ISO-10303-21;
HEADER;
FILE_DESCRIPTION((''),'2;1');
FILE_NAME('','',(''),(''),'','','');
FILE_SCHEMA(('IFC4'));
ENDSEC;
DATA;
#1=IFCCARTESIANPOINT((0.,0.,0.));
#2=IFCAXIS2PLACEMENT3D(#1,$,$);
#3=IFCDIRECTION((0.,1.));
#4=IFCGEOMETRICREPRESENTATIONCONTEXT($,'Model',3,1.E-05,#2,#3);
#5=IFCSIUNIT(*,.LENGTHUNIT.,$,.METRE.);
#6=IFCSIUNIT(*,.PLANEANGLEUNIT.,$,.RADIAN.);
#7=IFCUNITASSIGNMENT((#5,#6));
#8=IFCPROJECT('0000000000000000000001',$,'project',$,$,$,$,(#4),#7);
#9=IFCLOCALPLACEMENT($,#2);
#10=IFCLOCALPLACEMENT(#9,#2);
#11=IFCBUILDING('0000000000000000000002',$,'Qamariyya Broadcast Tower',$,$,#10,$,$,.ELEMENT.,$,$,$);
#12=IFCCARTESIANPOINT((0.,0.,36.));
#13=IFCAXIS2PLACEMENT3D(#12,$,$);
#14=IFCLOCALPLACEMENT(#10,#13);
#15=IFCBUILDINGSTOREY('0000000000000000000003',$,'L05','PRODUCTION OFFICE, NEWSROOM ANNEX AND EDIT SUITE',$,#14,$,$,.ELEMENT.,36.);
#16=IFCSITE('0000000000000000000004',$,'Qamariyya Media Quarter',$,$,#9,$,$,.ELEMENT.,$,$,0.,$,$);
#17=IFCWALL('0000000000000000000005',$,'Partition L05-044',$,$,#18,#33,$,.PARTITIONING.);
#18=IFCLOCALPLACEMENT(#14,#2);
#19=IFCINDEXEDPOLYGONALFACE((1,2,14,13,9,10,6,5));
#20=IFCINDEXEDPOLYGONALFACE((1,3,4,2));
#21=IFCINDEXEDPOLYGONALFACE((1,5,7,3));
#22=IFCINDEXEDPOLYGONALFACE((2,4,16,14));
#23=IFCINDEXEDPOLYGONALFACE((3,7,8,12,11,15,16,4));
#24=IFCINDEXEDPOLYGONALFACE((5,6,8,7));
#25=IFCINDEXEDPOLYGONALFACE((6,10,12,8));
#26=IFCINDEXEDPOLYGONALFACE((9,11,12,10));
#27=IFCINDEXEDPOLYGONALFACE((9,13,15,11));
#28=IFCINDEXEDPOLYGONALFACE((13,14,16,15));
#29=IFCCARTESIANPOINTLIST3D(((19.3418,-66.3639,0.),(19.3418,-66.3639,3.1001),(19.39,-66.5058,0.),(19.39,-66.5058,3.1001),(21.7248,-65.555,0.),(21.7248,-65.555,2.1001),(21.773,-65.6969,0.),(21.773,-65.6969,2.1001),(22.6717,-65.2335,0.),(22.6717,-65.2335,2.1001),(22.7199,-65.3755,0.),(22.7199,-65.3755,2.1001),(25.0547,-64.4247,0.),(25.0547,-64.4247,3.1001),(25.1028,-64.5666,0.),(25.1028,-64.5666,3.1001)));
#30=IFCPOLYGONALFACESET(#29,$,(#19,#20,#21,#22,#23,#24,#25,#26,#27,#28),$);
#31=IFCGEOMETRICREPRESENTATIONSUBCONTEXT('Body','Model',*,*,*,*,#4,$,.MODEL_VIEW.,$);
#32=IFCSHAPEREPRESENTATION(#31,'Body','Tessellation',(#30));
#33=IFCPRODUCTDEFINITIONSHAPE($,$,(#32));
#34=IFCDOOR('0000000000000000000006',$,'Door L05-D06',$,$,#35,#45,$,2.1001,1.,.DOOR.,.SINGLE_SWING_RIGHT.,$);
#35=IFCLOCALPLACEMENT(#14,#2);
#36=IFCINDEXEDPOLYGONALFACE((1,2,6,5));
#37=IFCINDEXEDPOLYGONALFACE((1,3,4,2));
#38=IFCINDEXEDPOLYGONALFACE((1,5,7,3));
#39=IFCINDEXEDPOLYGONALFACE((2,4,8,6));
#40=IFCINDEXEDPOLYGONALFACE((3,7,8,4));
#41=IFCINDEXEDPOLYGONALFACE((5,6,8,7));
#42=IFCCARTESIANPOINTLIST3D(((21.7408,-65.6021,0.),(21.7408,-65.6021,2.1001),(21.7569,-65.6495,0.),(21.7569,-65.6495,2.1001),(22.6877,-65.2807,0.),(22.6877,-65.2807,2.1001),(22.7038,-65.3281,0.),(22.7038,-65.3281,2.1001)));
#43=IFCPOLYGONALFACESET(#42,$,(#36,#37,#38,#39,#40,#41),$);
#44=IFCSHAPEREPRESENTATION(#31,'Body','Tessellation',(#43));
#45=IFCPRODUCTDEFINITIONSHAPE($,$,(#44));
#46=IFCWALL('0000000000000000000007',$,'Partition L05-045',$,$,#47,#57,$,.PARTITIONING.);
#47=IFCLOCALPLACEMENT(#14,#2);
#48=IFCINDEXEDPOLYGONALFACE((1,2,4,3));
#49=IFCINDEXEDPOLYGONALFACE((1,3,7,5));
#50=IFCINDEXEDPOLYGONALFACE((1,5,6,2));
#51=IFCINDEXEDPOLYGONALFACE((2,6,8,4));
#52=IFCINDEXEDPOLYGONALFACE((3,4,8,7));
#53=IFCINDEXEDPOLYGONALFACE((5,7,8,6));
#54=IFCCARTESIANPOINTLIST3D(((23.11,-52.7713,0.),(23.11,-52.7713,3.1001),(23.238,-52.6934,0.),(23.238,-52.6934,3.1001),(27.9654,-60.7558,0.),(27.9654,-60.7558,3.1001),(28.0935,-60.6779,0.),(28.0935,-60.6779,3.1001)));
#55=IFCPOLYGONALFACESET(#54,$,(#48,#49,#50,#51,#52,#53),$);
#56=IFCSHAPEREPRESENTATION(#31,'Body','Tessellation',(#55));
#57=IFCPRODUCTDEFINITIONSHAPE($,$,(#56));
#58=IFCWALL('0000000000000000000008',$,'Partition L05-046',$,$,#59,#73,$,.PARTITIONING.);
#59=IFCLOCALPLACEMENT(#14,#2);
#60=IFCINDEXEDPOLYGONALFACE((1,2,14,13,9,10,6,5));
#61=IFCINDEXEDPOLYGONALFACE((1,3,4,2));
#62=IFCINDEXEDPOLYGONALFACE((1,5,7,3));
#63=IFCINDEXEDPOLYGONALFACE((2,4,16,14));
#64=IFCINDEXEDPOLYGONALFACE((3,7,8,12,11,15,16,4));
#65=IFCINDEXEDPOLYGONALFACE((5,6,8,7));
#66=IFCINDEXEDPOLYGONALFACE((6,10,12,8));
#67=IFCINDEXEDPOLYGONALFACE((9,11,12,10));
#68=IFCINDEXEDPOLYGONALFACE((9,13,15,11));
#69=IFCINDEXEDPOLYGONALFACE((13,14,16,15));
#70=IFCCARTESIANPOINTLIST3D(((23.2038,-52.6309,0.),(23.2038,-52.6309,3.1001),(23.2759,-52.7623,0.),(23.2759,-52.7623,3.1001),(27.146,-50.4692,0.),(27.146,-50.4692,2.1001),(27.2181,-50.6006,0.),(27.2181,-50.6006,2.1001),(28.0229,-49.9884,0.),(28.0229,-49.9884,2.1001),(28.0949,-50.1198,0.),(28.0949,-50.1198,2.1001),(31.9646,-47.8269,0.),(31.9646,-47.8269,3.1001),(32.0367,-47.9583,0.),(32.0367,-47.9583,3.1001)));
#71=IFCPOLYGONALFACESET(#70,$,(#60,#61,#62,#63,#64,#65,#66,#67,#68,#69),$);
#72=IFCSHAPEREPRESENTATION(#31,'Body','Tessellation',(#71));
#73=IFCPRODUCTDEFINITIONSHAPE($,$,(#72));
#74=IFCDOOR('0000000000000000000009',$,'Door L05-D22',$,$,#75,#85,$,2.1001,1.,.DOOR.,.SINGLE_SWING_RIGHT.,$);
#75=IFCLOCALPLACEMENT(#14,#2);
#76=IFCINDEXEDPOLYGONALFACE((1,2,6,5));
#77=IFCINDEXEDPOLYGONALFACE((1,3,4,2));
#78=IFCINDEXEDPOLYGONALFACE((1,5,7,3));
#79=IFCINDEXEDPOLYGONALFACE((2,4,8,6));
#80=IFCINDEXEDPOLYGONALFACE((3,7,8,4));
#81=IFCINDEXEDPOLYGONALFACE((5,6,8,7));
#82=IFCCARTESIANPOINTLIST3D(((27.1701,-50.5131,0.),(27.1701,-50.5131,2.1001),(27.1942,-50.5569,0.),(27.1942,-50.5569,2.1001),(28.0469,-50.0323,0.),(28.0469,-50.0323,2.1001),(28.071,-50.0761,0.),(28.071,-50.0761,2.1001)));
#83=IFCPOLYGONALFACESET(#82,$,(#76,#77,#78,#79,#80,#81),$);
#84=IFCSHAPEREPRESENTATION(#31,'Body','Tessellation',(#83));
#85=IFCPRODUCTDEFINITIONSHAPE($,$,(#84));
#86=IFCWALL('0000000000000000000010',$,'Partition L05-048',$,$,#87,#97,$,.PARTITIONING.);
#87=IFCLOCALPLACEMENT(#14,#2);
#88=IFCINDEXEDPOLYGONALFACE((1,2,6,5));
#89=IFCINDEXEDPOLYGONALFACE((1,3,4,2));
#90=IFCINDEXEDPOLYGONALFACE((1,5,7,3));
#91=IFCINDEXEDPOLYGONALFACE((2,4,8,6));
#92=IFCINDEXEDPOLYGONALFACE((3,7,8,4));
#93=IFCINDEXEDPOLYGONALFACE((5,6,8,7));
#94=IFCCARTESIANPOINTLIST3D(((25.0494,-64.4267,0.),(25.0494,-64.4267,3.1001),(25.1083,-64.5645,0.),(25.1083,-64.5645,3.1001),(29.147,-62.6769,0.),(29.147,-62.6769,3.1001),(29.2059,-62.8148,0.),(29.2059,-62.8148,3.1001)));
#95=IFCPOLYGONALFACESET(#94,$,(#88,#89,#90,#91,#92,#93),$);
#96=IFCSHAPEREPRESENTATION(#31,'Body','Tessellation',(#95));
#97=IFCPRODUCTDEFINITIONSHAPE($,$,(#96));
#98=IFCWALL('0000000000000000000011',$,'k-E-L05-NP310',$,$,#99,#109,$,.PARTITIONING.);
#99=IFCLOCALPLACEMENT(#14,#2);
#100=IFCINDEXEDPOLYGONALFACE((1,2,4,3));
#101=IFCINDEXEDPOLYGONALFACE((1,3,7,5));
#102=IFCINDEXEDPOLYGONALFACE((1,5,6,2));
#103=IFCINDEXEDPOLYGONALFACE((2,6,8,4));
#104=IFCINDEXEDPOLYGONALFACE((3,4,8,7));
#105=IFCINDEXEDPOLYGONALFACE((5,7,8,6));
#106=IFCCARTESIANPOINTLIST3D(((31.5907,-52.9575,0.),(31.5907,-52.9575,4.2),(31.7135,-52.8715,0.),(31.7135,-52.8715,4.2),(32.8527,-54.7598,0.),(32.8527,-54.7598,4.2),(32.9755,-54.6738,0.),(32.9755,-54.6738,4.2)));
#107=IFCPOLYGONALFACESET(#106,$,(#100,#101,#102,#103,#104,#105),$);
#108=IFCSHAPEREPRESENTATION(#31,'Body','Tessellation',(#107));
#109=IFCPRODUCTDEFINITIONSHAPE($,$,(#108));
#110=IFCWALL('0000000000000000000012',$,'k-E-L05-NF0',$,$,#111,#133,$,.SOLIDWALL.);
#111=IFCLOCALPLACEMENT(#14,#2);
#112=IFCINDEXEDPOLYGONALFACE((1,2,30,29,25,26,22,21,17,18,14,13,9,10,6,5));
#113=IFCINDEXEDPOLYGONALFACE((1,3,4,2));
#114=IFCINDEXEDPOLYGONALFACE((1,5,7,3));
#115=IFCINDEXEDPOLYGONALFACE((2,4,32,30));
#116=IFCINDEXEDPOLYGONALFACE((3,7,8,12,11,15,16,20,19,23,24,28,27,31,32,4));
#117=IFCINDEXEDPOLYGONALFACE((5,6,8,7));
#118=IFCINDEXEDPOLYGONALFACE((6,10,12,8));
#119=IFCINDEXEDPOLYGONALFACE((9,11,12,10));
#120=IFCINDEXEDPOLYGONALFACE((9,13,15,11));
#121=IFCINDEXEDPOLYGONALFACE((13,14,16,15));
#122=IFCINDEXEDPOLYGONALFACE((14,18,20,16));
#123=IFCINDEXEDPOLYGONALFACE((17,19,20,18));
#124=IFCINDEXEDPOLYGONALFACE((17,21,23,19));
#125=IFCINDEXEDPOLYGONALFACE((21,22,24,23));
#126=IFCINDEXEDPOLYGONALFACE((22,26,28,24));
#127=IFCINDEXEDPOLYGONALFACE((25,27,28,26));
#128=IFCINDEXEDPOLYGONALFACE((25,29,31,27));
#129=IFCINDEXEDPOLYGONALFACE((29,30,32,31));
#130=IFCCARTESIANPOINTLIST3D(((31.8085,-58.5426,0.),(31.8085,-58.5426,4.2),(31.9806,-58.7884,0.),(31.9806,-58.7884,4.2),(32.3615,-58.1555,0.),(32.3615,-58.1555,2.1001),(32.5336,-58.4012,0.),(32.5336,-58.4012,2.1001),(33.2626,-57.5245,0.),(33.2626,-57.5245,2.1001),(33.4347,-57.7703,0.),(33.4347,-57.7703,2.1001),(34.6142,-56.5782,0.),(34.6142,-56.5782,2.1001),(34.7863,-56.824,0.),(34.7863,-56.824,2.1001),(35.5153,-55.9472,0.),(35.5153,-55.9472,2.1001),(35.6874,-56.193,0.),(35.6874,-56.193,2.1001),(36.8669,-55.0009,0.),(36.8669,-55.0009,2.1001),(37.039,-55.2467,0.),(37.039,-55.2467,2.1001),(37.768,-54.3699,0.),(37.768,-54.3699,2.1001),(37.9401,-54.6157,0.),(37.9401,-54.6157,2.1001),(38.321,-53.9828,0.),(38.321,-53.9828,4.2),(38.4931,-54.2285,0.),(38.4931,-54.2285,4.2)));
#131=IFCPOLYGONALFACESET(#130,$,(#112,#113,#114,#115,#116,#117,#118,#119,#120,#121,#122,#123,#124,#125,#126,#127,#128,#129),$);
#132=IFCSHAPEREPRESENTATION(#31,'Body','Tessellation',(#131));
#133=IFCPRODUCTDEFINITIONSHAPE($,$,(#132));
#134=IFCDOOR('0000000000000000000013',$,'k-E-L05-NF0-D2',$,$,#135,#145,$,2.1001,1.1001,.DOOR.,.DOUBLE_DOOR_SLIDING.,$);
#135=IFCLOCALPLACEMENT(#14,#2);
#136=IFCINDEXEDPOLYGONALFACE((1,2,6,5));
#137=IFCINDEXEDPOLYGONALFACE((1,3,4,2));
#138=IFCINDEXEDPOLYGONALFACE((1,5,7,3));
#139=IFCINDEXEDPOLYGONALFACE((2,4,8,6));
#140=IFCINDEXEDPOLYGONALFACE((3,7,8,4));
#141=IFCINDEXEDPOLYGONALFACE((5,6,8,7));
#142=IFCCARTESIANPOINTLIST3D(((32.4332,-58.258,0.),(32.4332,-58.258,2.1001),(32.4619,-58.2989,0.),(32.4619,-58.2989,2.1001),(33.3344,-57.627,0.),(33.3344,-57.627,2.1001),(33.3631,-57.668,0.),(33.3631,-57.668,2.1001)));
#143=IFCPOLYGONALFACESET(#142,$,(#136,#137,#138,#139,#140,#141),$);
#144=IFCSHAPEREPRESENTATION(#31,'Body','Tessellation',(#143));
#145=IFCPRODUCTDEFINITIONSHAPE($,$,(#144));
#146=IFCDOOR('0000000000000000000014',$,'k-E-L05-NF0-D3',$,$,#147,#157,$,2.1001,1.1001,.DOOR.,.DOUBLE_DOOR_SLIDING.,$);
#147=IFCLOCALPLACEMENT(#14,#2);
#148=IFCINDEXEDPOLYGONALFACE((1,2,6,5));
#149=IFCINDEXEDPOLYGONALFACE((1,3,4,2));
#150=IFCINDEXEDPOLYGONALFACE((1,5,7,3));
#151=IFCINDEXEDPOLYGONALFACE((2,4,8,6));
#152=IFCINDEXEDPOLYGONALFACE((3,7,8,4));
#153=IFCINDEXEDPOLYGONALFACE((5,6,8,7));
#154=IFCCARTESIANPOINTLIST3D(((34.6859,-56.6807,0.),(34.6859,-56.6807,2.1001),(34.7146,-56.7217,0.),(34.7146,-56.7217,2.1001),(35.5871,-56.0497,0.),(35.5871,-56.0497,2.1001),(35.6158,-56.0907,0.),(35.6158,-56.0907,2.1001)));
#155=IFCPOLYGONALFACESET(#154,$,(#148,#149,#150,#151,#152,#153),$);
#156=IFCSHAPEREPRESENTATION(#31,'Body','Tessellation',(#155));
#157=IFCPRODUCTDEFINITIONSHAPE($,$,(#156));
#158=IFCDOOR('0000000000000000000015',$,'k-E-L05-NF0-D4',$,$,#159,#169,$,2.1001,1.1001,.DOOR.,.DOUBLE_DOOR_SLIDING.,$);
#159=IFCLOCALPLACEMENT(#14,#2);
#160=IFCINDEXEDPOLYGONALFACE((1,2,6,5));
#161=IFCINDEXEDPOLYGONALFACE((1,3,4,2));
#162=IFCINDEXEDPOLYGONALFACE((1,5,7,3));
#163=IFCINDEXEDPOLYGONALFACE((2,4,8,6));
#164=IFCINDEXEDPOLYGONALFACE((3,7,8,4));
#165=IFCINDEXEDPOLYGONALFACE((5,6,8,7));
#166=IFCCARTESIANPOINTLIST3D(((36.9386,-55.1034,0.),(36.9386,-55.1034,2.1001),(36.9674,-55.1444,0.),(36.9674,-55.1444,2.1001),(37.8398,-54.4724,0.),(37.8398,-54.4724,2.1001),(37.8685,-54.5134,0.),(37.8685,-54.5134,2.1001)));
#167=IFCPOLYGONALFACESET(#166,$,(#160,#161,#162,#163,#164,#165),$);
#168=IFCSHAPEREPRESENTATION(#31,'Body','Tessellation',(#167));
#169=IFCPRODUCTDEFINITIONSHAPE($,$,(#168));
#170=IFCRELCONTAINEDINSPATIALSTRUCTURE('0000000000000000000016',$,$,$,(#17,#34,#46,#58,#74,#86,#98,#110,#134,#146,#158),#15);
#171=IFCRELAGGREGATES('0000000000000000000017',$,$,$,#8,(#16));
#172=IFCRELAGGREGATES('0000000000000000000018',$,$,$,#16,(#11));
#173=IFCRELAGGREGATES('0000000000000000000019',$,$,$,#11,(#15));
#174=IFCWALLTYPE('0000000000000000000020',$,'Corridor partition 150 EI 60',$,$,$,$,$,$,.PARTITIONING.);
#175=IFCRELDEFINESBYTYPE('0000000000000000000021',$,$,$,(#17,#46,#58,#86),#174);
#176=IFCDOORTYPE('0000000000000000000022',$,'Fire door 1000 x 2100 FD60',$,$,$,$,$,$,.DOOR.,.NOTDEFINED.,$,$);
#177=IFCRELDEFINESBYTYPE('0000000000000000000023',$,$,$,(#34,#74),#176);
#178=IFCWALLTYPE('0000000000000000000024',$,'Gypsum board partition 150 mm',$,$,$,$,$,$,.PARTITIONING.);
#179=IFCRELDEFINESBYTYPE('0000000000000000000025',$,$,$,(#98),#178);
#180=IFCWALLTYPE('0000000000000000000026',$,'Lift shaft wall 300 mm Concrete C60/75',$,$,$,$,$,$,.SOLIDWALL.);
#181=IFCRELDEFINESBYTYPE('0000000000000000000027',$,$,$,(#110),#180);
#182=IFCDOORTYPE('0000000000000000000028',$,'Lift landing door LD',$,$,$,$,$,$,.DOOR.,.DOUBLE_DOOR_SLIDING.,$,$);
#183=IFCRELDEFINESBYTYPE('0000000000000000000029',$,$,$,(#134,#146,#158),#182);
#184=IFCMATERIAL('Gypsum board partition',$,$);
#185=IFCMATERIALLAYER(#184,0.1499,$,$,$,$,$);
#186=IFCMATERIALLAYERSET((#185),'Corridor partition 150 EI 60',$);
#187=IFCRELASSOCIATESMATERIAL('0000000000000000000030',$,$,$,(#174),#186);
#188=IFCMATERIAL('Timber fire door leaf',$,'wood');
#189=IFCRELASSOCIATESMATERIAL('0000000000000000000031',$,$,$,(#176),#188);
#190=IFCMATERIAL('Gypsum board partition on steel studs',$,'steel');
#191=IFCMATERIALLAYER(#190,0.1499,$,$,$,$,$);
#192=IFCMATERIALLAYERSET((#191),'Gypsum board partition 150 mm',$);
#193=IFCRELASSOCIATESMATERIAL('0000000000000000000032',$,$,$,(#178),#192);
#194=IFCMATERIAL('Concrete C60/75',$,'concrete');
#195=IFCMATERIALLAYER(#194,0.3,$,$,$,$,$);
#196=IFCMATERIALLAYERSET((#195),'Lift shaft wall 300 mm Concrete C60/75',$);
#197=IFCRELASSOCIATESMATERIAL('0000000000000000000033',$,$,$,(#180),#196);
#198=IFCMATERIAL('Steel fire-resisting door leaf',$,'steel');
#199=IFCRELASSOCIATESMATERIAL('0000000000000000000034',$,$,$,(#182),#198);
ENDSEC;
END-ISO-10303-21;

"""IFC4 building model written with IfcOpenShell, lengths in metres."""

from ifc_helpers import new_model, si_unit, direction, frame, frame_2d, origin, place, context, subcontext, project, spatial, rectangle, extrude, material, layer, layer_set, type_object, element, fill, save


model = new_model("IFC4")

# Units and contexts
model_context = context("Model", 3, precision=1e-05, world=origin(), true_north=direction((0.0, 1.0)))
body_context = subcontext(model_context, "Body", "Model", "MODEL_VIEW")
ifc_project = project(units=[si_unit("LENGTHUNIT", "METRE"), si_unit("PLANEANGLEUNIT", "RADIAN")], contexts=[model_context])

# Site, building, storey
site_placement = place(None, origin())
site = spatial("IfcSite", under=ifc_project, at=site_placement, Name="Qamariyya Media Quarter", CompositionType="ELEMENT", RefElevation=0.0)
building_placement = place(site_placement, origin())
building = spatial("IfcBuilding", under=site, at=building_placement, Name="Qamariyya Broadcast Tower", CompositionType="ELEMENT")
storey_placement = place(building_placement, frame((0.0, 0.0, 36.0)))
storey = spatial("IfcBuildingStorey", under=building, at=storey_placement, Name="L05", Description="PRODUCTION OFFICE, NEWSROOM ANNEX AND EDIT SUITE", CompositionType="ELEMENT", Elevation=36.0)

# Shared definitions
ifc_material_1 = material(Name="Steel fire-resisting door leaf", Category="steel")

# Wall, opening, door
ifc_material_2 = material(Name="Gypsum board partition")
ifc_layer_1 = layer(ifc_material_2, 0.1499)
ifc_layer_set_1 = layer_set([ifc_layer_1], Name="Corridor partition 150 EI 60")
wall_type_1 = type_object("IfcWallType", Name="Corridor partition 150 EI 60", PredefinedType="PARTITIONING", material=ifc_layer_set_1)
wall_1_placement = place(storey_placement, frame((25.0789, -64.4956, 0.0), z_axis=(0.0, 0.0, 1.0), x_axis=(-0.946933, -0.321431, 0.0)))
wall_1 = element("IfcWall", 1, at=wall_1_placement, inside=storey, type_object=wall_type_1, Name="Partition L05-044", PredefinedType="PARTITIONING", context=body_context, shape_type="SweptSolid", body=[
    extrude(rectangle(XDim=6.033, YDim=0.1499, at=frame_2d((3.0166, 0.0))), origin(), (0.0, 0.0, 1.0), 3.1001),
])
opening_1_placement = place(wall_1_placement, frame((2.5166, 0.0, 0.0)))
opening_1 = element("IfcOpeningElement", 2, at=opening_1_placement, cuts=wall_1, PredefinedType="OPENING", context=body_context, shape_type="SweptSolid", body=[
    extrude(rectangle(XDim=1.0, YDim=2.1001, at=frame_2d((0.5, 1.05))), frame((0.0, 0.085, 0.0), z_axis=(0.0, -1.0, 0.0), x_axis=(1.0, 0.0, 0.0)), (0.0, 0.0, 1.0), 0.1699),
])
ifc_material_3 = material(Name="Timber fire door leaf", Category="wood")
door_type_1 = type_object("IfcDoorType", Name="Fire door 1000 x 2100 FD60", OperationType="NOTDEFINED", PredefinedType="DOOR", material=ifc_material_3)
door_1_placement = place(opening_1_placement, origin())
door_1 = element("IfcDoor", 3, at=door_1_placement, inside=storey, type_object=door_type_1, Name="Door L05-D06", OperationType="SINGLE_SWING_RIGHT", OverallHeight=2.1001, OverallWidth=1.0, PredefinedType="DOOR", context=body_context, shape_type="SweptSolid", body=[
    extrude(rectangle(XDim=1.0, YDim=2.1001, at=frame_2d((0.5, 1.05))), frame((0.0, 0.0249, 0.0), z_axis=(0.0, -1.0, 0.0), x_axis=(1.0, 0.0, 0.0)), (0.0, 0.0, 1.0), 0.05),
])
fill(opening_1, door_1)

# Wall
wall_2_placement = place(storey_placement, frame((23.1741, -52.7324, 0.0), z_axis=(0.0, 0.0, 1.0), x_axis=(0.519577, -0.854423, 0.0)))
element("IfcWall", 4, at=wall_2_placement, inside=storey, type_object=wall_type_1, Name="Partition L05-045", PredefinedType="PARTITIONING", context=body_context, shape_type="SweptSolid", body=[
    extrude(rectangle(XDim=9.345, YDim=0.1499, at=frame_2d((4.6724, 0.0))), origin(), (0.0, 0.0, 1.0), 3.1001),
])

# Wall, opening, door
wall_3_placement = place(storey_placement, frame((23.24, -52.6965, 0.0), z_axis=(0.0, 0.0, 1.0), x_axis=(0.876826, 0.480808, 0.0)))
wall_3 = element("IfcWall", 5, at=wall_3_placement, inside=storey, type_object=wall_type_1, Name="Partition L05-046", PredefinedType="PARTITIONING", context=body_context, shape_type="SweptSolid", body=[
    extrude(rectangle(XDim=9.9915, YDim=0.1499, at=frame_2d((4.9956, 0.0))), origin(), (0.0, 0.0, 1.0), 3.1001),
])
opening_2_placement = place(wall_3_placement, frame((4.4958, 0.0, 0.0)))
opening_2 = element("IfcOpeningElement", 6, at=opening_2_placement, cuts=wall_3, PredefinedType="OPENING", context=body_context, shape_type="SweptSolid", body=[
    extrude(rectangle(XDim=1.0, YDim=2.1001, at=frame_2d((0.5, 1.05))), frame((0.0, 0.085, 0.0), z_axis=(0.0, -1.0, 0.0), x_axis=(1.0, 0.0, 0.0)), (0.0, 0.0, 1.0), 0.1699),
])
door_2_placement = place(opening_2_placement, origin())
door_2 = element("IfcDoor", 7, at=door_2_placement, inside=storey, type_object=door_type_1, Name="Door L05-D22", OperationType="SINGLE_SWING_RIGHT", OverallHeight=2.1001, OverallWidth=1.0, PredefinedType="DOOR", context=body_context, shape_type="SweptSolid", body=[
    extrude(rectangle(XDim=1.0, YDim=2.1001, at=frame_2d((0.5, 1.05))), frame((0.0, 0.0249, 0.0), z_axis=(0.0, -1.0, 0.0), x_axis=(1.0, 0.0, 0.0)), (0.0, 0.0, 1.0), 0.05),
])
fill(opening_2, door_2)

# Walls
wall_4_placement = place(storey_placement, frame((25.0789, -64.4956, 0.0), z_axis=(0.0, 0.0, 1.0), x_axis=(0.919663, 0.392709, 0.0)))
element("IfcWall", 8, at=wall_4_placement, inside=storey, type_object=wall_type_1, Name="Partition L05-048", PredefinedType="PARTITIONING", context=body_context, shape_type="SweptSolid", body=[
    extrude(rectangle(XDim=4.4556, YDim=0.1499, at=frame_2d((2.2278, 0.0))), origin(), (0.0, 0.0, 1.0), 3.1001),
])
ifc_material_4 = material(Name="Gypsum board partition on steel studs", Category="steel")
ifc_layer_2 = layer(ifc_material_4, 0.1499)
ifc_layer_set_2 = layer_set([ifc_layer_2], Name="Gypsum board partition 150 mm")
wall_type_2 = type_object("IfcWallType", Name="Gypsum board partition 150 mm", PredefinedType="PARTITIONING", material=ifc_layer_set_2)
wall_5_placement = place(storey_placement, frame((32.9141, -54.7168, 0.0), z_axis=(0.0, 0.0, 1.0), x_axis=(-0.573581, 0.819149, 0.0)))
element("IfcWall", 9, at=wall_5_placement, inside=storey, type_object=wall_type_2, Name="k-E-L05-NP310", PredefinedType="PARTITIONING", context=body_context, shape_type="SweptSolid", body=[
    extrude(rectangle(XDim=2.2002, YDim=0.1499, at=frame_2d((1.1001, 0.0))), origin(), (0.0, 0.0, 1.0), 4.2),
])

# Wall, openings, doors
ifc_material_5 = material(Name="Concrete C60/75", Category="concrete")
ifc_layer_3 = layer(ifc_material_5, 0.3)
ifc_layer_set_3 = layer_set([ifc_layer_3], Name="Lift shaft wall 300 mm Concrete C60/75")
wall_type_3 = type_object("IfcWallType", Name="Lift shaft wall 300 mm Concrete C60/75", PredefinedType="SOLIDWALL", material=ifc_layer_set_3)
wall_6_placement = place(storey_placement, frame((31.8945, -58.6655, 0.0), z_axis=(0.0, 0.0, 1.0), x_axis=(0.819167, 0.573555, 0.0)))
wall_6 = element("IfcWall", 10, at=wall_6_placement, inside=storey, type_object=wall_type_3, Name="k-E-L05-NF0", PredefinedType="SOLIDWALL", context=body_context, shape_type="SweptSolid", body=[
    extrude(rectangle(XDim=7.9502, YDim=0.3, at=frame_2d((3.9751, 0.0))), origin(), (0.0, 0.0, 1.0), 4.2),
])
opening_3_placement = place(wall_6_placement, frame((0.675, 0.0, 0.0)))
opening_3 = element("IfcOpeningElement", 11, at=opening_3_placement, cuts=wall_6, PredefinedType="OPENING", context=body_context, shape_type="SweptSolid", body=[
    extrude(rectangle(XDim=1.1001, YDim=2.1001, at=frame_2d((0.55, 1.05))), frame((0.0, 0.1599, 0.0), z_axis=(0.0, -1.0, 0.0), x_axis=(1.0, 0.0, 0.0)), (0.0, 0.0, 1.0), 0.3201),
])
opening_4_placement = place(wall_6_placement, frame((3.425, 0.0, 0.0)))
opening_4 = element("IfcOpeningElement", 12, at=opening_4_placement, cuts=wall_6, PredefinedType="OPENING", context=body_context, shape_type="SweptSolid", body=[
    extrude(rectangle(XDim=1.1001, YDim=2.1001, at=frame_2d((0.55, 1.05))), frame((0.0, 0.1599, 0.0), z_axis=(0.0, -1.0, 0.0), x_axis=(1.0, 0.0, 0.0)), (0.0, 0.0, 1.0), 0.3201),
])
opening_5_placement = place(wall_6_placement, frame((6.175, 0.0, 0.0)))
opening_5 = element("IfcOpeningElement", 13, at=opening_5_placement, cuts=wall_6, PredefinedType="OPENING", context=body_context, shape_type="SweptSolid", body=[
    extrude(rectangle(XDim=1.1001, YDim=2.1001, at=frame_2d((0.55, 1.05))), frame((0.0, 0.1599, 0.0), z_axis=(0.0, -1.0, 0.0), x_axis=(1.0, 0.0, 0.0)), (0.0, 0.0, 1.0), 0.3201),
])
door_type_2 = type_object("IfcDoorType", Name="Lift landing door LD", OperationType="DOUBLE_DOOR_SLIDING", PredefinedType="DOOR", material=ifc_material_1)
door_3_placement = place(opening_3_placement, origin())
door_3 = element("IfcDoor", 14, at=door_3_placement, inside=storey, type_object=door_type_2, Name="k-E-L05-NF0-D2", OperationType="DOUBLE_DOOR_SLIDING", OverallHeight=2.1001, OverallWidth=1.1001, PredefinedType="DOOR", context=body_context, shape_type="SweptSolid", body=[
    extrude(rectangle(XDim=1.1001, YDim=2.1001, at=frame_2d((0.55, 1.05))), frame((0.0, 0.0249, 0.0), z_axis=(0.0, -1.0, 0.0), x_axis=(1.0, 0.0, 0.0)), (0.0, 0.0, 1.0), 0.05),
])
fill(opening_3, door_3)
door_4_placement = place(opening_4_placement, origin())
door_4 = element("IfcDoor", 15, at=door_4_placement, inside=storey, type_object=door_type_2, Name="k-E-L05-NF0-D3", OperationType="DOUBLE_DOOR_SLIDING", OverallHeight=2.1001, OverallWidth=1.1001, PredefinedType="DOOR", context=body_context, shape_type="SweptSolid", body=[
    extrude(rectangle(XDim=1.1001, YDim=2.1001, at=frame_2d((0.55, 1.05))), frame((0.0, 0.0249, 0.0), z_axis=(0.0, -1.0, 0.0), x_axis=(1.0, 0.0, 0.0)), (0.0, 0.0, 1.0), 0.05),
])
fill(opening_4, door_4)
door_5_placement = place(opening_5_placement, origin())
door_5 = element("IfcDoor", 16, at=door_5_placement, inside=storey, type_object=door_type_2, Name="k-E-L05-NF0-D4", OperationType="DOUBLE_DOOR_SLIDING", OverallHeight=2.1001, OverallWidth=1.1001, PredefinedType="DOOR", context=body_context, shape_type="SweptSolid", body=[
    extrude(rectangle(XDim=1.1001, YDim=2.1001, at=frame_2d((0.55, 1.05))), frame((0.0, 0.0249, 0.0), z_axis=(0.0, -1.0, 0.0), x_axis=(1.0, 0.0, 0.0)), (0.0, 0.0, 1.0), 0.05),
])
fill(opening_5, door_5)

save(model, "model.ifc")
